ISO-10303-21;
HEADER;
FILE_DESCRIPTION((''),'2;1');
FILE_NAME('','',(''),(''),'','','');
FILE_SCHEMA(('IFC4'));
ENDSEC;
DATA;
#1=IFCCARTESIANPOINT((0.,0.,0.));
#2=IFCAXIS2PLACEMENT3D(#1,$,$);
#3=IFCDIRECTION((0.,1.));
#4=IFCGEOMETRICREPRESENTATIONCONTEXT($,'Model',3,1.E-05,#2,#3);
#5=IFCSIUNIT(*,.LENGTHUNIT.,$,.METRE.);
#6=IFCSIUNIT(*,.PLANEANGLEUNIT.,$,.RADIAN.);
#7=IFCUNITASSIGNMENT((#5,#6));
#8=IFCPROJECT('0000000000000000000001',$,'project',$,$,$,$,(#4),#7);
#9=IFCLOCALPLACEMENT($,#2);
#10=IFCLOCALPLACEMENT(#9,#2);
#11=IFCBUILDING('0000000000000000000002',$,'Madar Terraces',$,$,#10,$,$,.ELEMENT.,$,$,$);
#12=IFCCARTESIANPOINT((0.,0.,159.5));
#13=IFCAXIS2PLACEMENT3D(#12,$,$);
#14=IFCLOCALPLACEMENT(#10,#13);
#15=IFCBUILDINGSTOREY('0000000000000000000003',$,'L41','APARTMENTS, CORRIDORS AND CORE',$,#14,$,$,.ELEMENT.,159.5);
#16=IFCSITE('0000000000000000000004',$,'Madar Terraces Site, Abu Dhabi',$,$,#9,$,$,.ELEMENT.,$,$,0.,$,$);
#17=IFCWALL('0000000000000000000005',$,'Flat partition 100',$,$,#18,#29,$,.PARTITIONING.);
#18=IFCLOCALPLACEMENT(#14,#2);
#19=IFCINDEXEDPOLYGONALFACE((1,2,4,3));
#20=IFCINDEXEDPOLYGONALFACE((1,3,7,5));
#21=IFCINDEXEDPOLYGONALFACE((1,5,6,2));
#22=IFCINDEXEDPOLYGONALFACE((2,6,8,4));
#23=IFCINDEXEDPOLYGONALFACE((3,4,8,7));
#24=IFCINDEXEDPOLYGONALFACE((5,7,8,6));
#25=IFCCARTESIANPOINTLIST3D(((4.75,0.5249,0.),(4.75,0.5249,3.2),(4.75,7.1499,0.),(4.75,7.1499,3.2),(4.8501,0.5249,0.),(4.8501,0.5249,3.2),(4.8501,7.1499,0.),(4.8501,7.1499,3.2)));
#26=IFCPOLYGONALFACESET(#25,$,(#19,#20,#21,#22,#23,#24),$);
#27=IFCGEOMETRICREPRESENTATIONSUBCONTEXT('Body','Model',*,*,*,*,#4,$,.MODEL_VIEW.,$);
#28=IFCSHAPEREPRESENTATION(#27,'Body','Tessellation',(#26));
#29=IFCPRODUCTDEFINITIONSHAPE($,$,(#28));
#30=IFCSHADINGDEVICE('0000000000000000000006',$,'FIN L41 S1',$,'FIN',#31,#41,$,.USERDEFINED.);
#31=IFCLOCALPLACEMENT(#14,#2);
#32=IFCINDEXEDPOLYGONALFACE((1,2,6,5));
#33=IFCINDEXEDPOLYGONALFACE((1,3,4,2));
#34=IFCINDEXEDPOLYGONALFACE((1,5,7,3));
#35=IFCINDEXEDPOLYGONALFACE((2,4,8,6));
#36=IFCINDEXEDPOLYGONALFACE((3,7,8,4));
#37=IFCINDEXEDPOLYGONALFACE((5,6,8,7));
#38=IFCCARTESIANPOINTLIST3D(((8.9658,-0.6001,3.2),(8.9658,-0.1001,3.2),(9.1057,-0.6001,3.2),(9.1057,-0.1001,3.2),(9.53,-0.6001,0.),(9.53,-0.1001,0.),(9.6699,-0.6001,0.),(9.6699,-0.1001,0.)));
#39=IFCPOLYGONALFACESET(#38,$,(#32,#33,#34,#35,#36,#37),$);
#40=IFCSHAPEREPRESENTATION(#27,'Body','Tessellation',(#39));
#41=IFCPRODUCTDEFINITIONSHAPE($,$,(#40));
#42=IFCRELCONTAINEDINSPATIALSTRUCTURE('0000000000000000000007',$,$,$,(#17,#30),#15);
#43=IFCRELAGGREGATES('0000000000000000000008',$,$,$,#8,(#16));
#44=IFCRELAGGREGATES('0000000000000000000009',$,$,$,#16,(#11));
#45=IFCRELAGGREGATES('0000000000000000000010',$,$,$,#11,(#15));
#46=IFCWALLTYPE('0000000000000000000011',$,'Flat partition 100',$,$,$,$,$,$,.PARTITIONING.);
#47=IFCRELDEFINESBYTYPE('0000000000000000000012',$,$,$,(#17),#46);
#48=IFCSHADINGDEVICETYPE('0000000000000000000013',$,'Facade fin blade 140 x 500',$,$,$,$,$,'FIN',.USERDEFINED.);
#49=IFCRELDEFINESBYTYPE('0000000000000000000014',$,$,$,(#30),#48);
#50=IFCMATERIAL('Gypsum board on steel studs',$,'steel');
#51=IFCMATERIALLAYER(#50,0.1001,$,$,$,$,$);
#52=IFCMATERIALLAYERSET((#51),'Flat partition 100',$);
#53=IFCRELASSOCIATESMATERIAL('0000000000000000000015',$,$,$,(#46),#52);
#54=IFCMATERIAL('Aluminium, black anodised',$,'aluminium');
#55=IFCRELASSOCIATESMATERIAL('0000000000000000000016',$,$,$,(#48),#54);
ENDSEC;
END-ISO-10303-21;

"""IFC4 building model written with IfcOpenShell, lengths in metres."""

from ifc_helpers import new_model, si_unit, direction, frame, frame_2d, origin, place, context, subcontext, project, spatial, polyline, rectangle, outline, extrude, material, layer, layer_set, type_object, element, save


model = new_model("IFC4")

# Units and contexts
model_context = context("Model", 3, precision=1e-05, world=origin(), true_north=direction((0.0, 1.0)))
body_context = subcontext(model_context, "Body", "Model", "MODEL_VIEW")
ifc_project = project(units=[si_unit("LENGTHUNIT", "METRE"), si_unit("PLANEANGLEUNIT", "RADIAN")], contexts=[model_context])

# Site, building, storey
site_placement = place(None, origin())
site = spatial("IfcSite", under=ifc_project, at=site_placement, Name="Madar Terraces Site, Abu Dhabi", CompositionType="ELEMENT", RefElevation=0.0)
building_placement = place(site_placement, origin())
building = spatial("IfcBuilding", under=site, at=building_placement, Name="Madar Terraces", CompositionType="ELEMENT")
storey_placement = place(building_placement, frame((0.0, 0.0, 159.5)))
storey = spatial("IfcBuildingStorey", under=building, at=storey_placement, Name="L41", Description="APARTMENTS, CORRIDORS AND CORE", CompositionType="ELEMENT", Elevation=159.5)

# Wall
ifc_material_1 = material(Name="Gypsum board on steel studs", Category="steel")
ifc_layer_1 = layer(ifc_material_1, 0.1001)
ifc_layer_set_1 = layer_set([ifc_layer_1], Name="Flat partition 100")
wall_type_1 = type_object("IfcWallType", Name="Flat partition 100", PredefinedType="PARTITIONING", material=ifc_layer_set_1)
wall_1_placement = place(storey_placement, frame((4.8, 7.1499, 0.0), z_axis=(0.0, 0.0, 1.0), x_axis=(0.0, -1.0, 0.0)))
element("IfcWall", 1, at=wall_1_placement, inside=storey, type_object=wall_type_1, Name="Flat partition 100", PredefinedType="PARTITIONING", context=body_context, shape_type="SweptSolid", body=[
    extrude(rectangle(XDim=6.625, YDim=0.1001, at=frame_2d((3.3125, 0.0))), origin(), (0.0, 0.0, 1.0), 3.2),
])

# Shading device
ifc_material_2 = material(Name="Aluminium, black anodised", Category="aluminium")
shading_device_type = type_object("IfcShadingDeviceType", Name="Facade fin blade 140 x 500", ElementType="FIN", PredefinedType="USERDEFINED", material=ifc_material_2)
shading_device_placement = place(storey_placement, frame((9.53, -0.3501, 0.0), z_axis=(0.0, 0.0, 1.0), x_axis=(1.0, 0.0, 0.0)))
element("IfcShadingDevice", 2, at=shading_device_placement, inside=storey, type_object=shading_device_type, Name="FIN L41 S1", ObjectType="FIN", PredefinedType="USERDEFINED", context=body_context, shape_type="SweptSolid", body=[
    extrude(outline(polyline([(0.0, 0.0), (0.1399, 0.0), (-0.4243, 3.2), (-0.5642, 3.2), (0.0, 0.0)])), frame((0.0, 0.25, 0.0), z_axis=(0.0, -1.0, 0.0), x_axis=(1.0, 0.0, 0.0)), (0.0, 0.0, 1.0), 0.5),
])

save(model, "model.ifc")
